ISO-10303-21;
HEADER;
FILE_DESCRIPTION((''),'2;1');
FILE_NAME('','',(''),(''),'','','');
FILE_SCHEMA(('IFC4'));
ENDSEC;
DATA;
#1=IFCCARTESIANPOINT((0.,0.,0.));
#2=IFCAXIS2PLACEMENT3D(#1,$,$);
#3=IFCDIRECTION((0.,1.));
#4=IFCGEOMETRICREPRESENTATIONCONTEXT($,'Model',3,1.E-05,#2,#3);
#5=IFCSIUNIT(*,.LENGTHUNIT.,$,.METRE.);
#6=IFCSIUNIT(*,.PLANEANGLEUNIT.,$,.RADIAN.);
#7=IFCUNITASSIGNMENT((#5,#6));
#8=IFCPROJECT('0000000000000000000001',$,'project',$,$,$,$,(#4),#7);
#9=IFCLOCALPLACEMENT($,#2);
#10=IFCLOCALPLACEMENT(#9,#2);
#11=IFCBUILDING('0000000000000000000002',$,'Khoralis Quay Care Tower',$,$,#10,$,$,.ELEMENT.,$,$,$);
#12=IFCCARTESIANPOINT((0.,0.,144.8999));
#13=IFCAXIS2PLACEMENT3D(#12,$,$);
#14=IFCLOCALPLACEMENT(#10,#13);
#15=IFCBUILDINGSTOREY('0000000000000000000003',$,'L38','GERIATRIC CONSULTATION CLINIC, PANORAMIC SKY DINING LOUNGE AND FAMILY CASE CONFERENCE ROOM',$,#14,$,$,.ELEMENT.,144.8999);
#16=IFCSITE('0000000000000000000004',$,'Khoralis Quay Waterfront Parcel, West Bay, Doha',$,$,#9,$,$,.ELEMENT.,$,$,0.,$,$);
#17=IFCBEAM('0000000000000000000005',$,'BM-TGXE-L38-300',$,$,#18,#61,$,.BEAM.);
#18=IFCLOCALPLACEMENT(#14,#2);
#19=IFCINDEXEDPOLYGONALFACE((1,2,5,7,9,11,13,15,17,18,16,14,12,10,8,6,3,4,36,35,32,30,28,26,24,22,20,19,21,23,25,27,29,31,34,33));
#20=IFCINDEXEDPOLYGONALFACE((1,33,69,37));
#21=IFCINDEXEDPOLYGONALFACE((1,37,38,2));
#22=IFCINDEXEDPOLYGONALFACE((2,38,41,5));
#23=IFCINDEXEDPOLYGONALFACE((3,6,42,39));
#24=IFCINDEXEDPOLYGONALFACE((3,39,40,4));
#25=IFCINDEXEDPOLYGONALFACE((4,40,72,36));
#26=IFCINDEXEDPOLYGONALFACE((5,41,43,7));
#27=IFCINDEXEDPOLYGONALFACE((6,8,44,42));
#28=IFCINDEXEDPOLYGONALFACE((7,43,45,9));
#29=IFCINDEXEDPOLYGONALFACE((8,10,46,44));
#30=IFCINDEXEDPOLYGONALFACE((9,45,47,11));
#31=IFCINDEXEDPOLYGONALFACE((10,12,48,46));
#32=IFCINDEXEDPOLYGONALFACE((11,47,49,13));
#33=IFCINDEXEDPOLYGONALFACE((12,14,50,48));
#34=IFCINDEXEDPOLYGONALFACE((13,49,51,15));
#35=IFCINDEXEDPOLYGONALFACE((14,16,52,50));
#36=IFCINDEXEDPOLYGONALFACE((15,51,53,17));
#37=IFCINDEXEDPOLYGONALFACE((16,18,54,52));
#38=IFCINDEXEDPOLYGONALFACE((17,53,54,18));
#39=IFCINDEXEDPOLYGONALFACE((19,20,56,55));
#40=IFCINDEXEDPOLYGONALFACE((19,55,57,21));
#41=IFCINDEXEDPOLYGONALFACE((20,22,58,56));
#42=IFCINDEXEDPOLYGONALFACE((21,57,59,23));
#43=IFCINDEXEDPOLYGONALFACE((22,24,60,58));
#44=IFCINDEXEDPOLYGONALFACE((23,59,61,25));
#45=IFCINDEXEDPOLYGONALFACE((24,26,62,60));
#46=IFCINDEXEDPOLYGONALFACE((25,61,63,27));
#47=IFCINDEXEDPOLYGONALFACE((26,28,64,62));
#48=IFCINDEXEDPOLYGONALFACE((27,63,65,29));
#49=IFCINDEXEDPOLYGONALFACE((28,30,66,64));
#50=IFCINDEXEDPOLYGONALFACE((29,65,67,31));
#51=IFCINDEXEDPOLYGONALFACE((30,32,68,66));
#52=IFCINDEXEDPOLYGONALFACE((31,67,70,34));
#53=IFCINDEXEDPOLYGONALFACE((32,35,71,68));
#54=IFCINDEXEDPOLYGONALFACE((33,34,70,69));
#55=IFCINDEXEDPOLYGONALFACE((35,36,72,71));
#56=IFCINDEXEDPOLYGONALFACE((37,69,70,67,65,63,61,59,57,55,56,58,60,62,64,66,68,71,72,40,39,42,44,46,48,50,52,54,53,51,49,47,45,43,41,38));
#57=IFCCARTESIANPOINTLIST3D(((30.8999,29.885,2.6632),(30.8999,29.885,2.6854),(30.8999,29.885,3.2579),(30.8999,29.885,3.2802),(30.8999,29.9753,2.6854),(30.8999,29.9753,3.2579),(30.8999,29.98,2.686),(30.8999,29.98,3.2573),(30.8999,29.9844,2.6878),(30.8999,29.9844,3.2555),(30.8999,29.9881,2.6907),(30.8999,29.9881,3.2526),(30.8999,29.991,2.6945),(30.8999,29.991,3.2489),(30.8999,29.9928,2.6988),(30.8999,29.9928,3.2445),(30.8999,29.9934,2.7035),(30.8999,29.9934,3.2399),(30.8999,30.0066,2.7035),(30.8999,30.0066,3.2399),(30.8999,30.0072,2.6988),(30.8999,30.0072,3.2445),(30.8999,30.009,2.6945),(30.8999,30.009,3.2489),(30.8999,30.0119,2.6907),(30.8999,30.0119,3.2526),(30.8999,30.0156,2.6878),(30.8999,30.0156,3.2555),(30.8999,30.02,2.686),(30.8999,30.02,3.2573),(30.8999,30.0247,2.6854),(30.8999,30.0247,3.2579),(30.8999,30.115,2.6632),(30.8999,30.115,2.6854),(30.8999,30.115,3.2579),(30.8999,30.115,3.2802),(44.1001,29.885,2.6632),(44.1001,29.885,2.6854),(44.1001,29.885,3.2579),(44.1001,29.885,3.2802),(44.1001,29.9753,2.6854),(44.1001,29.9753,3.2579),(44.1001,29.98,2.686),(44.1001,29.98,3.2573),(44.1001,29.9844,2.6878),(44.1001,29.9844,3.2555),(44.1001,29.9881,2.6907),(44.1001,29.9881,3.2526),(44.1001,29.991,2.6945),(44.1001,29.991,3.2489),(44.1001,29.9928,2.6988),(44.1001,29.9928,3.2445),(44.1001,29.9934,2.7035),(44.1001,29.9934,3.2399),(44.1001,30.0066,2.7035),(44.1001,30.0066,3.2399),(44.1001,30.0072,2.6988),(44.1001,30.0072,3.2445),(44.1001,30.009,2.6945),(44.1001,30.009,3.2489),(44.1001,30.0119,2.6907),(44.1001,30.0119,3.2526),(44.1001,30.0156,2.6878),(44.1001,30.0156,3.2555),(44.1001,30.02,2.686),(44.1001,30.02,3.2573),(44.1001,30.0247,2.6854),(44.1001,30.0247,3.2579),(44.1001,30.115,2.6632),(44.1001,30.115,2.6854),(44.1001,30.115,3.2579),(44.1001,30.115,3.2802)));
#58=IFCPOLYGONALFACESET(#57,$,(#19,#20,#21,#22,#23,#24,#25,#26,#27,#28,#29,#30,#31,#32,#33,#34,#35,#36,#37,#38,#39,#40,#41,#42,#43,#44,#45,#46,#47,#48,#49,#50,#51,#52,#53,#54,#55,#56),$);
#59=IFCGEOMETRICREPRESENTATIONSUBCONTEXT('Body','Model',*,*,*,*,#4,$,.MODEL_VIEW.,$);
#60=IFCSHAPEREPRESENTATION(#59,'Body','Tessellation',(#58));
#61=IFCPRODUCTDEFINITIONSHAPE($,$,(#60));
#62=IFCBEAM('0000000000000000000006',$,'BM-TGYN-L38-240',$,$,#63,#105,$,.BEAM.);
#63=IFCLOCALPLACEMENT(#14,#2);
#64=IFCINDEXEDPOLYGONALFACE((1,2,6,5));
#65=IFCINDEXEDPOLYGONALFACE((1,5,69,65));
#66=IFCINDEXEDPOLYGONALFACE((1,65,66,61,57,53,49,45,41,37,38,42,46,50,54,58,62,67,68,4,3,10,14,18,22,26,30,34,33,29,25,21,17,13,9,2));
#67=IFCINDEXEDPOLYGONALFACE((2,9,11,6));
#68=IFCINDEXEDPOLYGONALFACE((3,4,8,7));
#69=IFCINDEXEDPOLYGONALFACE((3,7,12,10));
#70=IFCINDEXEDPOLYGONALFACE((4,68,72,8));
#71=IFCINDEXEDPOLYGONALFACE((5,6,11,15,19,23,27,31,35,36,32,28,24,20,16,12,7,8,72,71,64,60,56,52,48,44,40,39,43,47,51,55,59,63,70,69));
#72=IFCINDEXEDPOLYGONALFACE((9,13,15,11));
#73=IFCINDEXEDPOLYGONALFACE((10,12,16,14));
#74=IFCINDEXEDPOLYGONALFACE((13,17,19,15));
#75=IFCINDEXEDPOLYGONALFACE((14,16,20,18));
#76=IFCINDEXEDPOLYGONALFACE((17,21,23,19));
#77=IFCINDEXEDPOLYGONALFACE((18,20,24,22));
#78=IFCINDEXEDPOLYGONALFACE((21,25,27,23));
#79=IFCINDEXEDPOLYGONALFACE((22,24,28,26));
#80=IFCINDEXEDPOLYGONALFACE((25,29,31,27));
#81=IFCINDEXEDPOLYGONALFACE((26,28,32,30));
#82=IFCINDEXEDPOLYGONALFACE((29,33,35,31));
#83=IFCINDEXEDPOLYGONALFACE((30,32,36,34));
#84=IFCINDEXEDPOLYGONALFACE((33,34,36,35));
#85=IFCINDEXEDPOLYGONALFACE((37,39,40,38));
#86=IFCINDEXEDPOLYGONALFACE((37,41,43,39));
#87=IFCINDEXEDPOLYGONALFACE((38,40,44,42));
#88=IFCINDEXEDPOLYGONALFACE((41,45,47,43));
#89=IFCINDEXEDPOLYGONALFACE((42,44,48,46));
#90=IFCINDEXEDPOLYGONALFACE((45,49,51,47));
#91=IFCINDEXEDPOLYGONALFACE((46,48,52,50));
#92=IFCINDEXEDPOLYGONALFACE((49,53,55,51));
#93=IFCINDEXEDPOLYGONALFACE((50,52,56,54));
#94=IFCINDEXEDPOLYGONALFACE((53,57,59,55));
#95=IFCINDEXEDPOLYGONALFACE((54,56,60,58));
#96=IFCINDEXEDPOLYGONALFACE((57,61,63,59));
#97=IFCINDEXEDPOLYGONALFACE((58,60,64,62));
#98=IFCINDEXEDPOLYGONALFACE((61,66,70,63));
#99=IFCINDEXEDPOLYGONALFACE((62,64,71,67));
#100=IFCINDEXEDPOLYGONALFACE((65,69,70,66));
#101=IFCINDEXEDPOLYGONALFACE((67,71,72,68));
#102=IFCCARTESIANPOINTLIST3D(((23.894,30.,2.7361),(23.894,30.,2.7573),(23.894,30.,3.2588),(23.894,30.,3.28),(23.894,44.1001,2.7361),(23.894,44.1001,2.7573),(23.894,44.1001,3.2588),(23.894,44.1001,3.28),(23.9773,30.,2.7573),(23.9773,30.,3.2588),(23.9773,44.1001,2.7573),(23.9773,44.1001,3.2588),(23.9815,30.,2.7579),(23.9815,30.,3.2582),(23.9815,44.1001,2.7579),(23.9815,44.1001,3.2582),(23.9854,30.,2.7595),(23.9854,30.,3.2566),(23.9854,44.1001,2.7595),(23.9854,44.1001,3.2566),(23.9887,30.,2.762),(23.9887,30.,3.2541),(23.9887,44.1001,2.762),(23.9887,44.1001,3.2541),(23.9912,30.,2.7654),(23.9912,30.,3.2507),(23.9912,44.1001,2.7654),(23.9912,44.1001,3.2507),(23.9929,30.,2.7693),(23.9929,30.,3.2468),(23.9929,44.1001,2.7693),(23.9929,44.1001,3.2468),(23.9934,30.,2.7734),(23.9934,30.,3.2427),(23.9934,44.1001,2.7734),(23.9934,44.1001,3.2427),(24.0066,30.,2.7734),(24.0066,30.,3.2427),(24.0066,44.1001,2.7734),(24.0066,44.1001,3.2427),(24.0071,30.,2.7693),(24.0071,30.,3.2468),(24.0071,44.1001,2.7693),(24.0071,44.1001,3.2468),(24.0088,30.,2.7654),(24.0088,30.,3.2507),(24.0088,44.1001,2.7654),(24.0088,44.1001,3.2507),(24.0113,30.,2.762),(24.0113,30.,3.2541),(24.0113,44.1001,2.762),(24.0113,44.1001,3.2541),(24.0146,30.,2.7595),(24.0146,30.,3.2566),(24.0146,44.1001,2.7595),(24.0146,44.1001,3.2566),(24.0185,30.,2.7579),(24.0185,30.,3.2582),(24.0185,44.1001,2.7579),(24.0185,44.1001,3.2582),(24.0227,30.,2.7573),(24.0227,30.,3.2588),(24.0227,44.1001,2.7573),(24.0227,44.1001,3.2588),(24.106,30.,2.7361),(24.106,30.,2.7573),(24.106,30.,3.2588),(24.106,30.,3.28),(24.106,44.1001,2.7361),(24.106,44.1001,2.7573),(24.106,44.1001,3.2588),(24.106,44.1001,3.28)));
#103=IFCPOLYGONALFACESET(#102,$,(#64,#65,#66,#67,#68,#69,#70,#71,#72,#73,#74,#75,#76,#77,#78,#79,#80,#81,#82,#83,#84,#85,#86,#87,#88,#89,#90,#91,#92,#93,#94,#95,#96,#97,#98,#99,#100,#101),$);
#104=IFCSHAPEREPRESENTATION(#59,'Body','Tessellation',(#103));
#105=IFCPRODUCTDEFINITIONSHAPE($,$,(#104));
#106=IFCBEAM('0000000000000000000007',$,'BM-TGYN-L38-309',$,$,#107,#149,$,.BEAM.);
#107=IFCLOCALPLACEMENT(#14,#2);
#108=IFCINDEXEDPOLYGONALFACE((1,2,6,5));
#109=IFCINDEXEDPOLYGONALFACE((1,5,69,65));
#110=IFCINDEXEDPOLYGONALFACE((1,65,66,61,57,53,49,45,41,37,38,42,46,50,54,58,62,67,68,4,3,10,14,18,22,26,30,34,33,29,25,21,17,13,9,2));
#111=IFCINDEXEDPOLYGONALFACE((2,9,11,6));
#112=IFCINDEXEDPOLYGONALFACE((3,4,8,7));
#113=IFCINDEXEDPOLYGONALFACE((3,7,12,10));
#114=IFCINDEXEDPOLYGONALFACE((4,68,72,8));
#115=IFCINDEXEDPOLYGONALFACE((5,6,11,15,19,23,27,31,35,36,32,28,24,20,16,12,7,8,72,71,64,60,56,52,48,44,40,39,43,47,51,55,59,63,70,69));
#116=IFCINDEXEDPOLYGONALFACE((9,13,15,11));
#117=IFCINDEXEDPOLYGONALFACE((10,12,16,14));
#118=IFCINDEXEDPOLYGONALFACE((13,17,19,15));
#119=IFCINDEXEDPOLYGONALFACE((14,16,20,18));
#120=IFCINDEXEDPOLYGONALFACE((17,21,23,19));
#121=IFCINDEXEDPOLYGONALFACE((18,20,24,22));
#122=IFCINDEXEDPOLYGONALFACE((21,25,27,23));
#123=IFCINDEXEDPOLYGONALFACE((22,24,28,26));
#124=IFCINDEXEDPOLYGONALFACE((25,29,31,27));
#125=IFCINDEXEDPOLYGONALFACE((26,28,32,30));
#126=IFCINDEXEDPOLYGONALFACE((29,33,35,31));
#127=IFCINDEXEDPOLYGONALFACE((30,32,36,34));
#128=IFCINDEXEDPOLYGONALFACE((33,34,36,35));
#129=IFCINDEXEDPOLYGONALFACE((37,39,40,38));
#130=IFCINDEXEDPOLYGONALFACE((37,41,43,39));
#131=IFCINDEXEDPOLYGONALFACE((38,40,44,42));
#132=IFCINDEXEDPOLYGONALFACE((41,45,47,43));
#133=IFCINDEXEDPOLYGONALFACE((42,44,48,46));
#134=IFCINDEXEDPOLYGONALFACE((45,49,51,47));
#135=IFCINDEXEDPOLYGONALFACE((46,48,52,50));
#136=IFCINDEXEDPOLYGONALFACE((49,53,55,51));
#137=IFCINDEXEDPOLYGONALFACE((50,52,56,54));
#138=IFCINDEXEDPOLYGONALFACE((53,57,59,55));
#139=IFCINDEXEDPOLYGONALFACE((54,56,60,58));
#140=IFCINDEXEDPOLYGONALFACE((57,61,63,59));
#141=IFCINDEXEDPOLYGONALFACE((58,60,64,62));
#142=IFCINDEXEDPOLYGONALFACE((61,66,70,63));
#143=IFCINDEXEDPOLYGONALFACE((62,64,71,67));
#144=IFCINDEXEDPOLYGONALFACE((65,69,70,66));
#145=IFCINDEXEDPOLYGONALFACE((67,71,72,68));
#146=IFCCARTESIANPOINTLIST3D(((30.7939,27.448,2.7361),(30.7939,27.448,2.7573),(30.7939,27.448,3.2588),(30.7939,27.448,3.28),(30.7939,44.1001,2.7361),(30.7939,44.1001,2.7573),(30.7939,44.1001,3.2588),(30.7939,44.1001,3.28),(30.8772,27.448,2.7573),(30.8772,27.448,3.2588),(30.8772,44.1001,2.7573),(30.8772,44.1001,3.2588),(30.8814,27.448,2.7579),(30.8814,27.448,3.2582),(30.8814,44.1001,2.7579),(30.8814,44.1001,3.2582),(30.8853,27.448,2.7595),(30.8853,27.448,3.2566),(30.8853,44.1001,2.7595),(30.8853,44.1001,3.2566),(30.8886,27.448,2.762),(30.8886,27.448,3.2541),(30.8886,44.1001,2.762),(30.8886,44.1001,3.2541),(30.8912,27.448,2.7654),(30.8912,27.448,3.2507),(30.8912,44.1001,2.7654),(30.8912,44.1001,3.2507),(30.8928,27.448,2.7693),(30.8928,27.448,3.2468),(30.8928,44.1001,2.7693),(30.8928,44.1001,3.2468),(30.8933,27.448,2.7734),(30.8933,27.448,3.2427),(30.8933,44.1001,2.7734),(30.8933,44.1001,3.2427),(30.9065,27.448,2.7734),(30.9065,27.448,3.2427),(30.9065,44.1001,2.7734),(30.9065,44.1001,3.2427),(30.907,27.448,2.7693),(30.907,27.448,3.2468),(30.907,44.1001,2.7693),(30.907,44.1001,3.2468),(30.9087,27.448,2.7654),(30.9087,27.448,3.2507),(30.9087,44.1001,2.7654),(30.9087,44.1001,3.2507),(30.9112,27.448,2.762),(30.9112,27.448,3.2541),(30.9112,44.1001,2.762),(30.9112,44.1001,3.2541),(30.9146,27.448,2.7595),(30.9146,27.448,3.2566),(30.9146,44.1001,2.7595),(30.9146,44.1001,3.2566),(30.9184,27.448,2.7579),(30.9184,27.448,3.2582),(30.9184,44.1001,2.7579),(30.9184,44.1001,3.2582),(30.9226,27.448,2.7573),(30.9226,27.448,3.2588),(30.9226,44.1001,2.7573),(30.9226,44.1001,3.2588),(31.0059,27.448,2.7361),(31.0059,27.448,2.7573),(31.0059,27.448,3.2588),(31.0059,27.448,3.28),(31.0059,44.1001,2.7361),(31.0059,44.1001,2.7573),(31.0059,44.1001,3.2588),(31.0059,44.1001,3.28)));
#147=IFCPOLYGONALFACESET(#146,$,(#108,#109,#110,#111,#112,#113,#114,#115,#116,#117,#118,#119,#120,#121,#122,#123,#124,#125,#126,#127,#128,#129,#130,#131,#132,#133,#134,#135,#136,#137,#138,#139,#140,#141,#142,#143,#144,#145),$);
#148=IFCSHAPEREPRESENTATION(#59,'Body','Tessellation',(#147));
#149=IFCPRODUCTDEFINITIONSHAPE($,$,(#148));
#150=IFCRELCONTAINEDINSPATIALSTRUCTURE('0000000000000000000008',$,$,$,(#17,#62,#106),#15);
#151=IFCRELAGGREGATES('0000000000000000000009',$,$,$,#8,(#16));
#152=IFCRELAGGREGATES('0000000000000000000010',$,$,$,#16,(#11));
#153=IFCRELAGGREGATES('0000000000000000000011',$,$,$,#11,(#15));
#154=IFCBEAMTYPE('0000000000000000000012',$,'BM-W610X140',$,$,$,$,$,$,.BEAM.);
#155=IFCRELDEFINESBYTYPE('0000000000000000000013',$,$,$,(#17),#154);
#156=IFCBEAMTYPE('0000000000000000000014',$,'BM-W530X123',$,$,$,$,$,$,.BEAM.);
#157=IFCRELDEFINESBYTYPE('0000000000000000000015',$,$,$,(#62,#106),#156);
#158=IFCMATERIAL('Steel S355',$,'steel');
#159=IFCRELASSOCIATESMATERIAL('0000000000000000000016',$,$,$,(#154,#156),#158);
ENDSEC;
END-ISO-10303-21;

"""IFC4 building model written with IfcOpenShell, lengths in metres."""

from ifc_helpers import new_model, si_unit, direction, frame, origin, origin_2d, place, context, subcontext, project, spatial, i_section, extrude, source, transform, mapped, material, material_profile, profile_set, type_object, element, save


model = new_model("IFC4")

# Units and contexts
model_context = context("Model", 3, precision=1e-05, world=origin(), true_north=direction((0.0, 1.0)))
body_context = subcontext(model_context, "Body", "Model", "MODEL_VIEW")
ifc_project = project(units=[si_unit("LENGTHUNIT", "METRE"), si_unit("PLANEANGLEUNIT", "RADIAN")], contexts=[model_context])

# Site, building, storey
site_placement = place(None, origin())
site = spatial("IfcSite", under=ifc_project, at=site_placement, Name="Khoralis Quay Waterfront Parcel, West Bay, Doha", CompositionType="ELEMENT", RefElevation=0.0)
building_placement = place(site_placement, origin())
building = spatial("IfcBuilding", under=site, at=building_placement, Name="Khoralis Quay Care Tower", CompositionType="ELEMENT")
storey_placement = place(building_placement, frame((0.0, 0.0, 144.8999)))
storey = spatial("IfcBuildingStorey", under=building, at=storey_placement, Name="L38", Description="GERIATRIC CONSULTATION CLINIC, PANORAMIC SKY DINING LOUNGE AND FAMILY CASE CONFERENCE ROOM", CompositionType="ELEMENT", Elevation=144.8999)

# Beams
ifc_material_1 = material(Name="Steel S355", Category="steel")
ifc_material_profile_1 = material_profile(ifc_material_1, i_section(OverallWidth=0.23, OverallDepth=0.6169, WebThickness=0.0132, FlangeThickness=0.0222, FilletRadius=0.0181, at=origin_2d()), Name="Steel S355")
ifc_profile_set_1 = profile_set([ifc_material_profile_1], Name="Steel S355")
beam_type_1 = type_object("IfcBeamType", Name="BM-W610X140", PredefinedType="BEAM", material=ifc_profile_set_1)
shared_shape_1 = source(origin(), body_context, "Body", "SweptSolid", [
    extrude(i_section(OverallWidth=0.23, OverallDepth=0.6169, WebThickness=0.0132, FlangeThickness=0.0222, FilletRadius=0.0181, at=origin_2d()), origin(), (0.0, 0.0, 1.0), 13.2002),
])
beam_1_placement = place(storey_placement, frame((30.8999, 30.0, 2.9717), z_axis=(1.0, 0.0, 0.0), x_axis=(0.0, 1.0, 0.0)))
element("IfcBeam", 1, at=beam_1_placement, inside=storey, type_object=beam_type_1, Name="BM-TGXE-L38-300", PredefinedType="BEAM", context=body_context, shape_type="MappedRepresentation", body=[
    mapped(shared_shape_1, transform((0.0, 0.0, 0.0), scale=1.0)),
])
ifc_material_profile_2 = material_profile(ifc_material_1, i_section(OverallWidth=0.2119, OverallDepth=0.5439, WebThickness=0.0132, FlangeThickness=0.0212, FilletRadius=0.0161, at=origin_2d()), Name="Steel S355")
ifc_profile_set_2 = profile_set([ifc_material_profile_2], Name="Steel S355")
beam_type_2 = type_object("IfcBeamType", Name="BM-W530X123", PredefinedType="BEAM", material=ifc_profile_set_2)
shared_shape_2 = source(origin(), body_context, "Body", "SweptSolid", [
    extrude(i_section(OverallWidth=0.2119, OverallDepth=0.5439, WebThickness=0.0132, FlangeThickness=0.0212, FilletRadius=0.0161, at=origin_2d()), origin(), (0.0, 0.0, 1.0), 14.1001),
])
beam_2_placement = place(storey_placement, frame((24.0, 30.0, 3.0081), z_axis=(0.0, 1.0, 0.0), x_axis=(-1.0, 0.0, 0.0)))
element("IfcBeam", 2, at=beam_2_placement, inside=storey, type_object=beam_type_2, Name="BM-TGYN-L38-240", PredefinedType="BEAM", context=body_context, shape_type="MappedRepresentation", body=[
    mapped(shared_shape_2, transform((0.0, 0.0, 0.0), scale=1.0)),
])
shared_shape_3 = source(origin(), body_context, "Body", "SweptSolid", [
    extrude(i_section(OverallWidth=0.2119, OverallDepth=0.5439, WebThickness=0.0132, FlangeThickness=0.0212, FilletRadius=0.0161, at=origin_2d()), origin(), (0.0, 0.0, 1.0), 16.6521),
])
beam_3_placement = place(storey_placement, frame((30.8999, 27.448, 3.0081), z_axis=(0.0, 1.0, 0.0), x_axis=(-1.0, 0.0, 0.0)))
element("IfcBeam", 3, at=beam_3_placement, inside=storey, type_object=beam_type_2, Name="BM-TGYN-L38-309", PredefinedType="BEAM", context=body_context, shape_type="MappedRepresentation", body=[
    mapped(shared_shape_3, transform((0.0, 0.0, 0.0), scale=1.0)),
])

save(model, "model.ifc")
